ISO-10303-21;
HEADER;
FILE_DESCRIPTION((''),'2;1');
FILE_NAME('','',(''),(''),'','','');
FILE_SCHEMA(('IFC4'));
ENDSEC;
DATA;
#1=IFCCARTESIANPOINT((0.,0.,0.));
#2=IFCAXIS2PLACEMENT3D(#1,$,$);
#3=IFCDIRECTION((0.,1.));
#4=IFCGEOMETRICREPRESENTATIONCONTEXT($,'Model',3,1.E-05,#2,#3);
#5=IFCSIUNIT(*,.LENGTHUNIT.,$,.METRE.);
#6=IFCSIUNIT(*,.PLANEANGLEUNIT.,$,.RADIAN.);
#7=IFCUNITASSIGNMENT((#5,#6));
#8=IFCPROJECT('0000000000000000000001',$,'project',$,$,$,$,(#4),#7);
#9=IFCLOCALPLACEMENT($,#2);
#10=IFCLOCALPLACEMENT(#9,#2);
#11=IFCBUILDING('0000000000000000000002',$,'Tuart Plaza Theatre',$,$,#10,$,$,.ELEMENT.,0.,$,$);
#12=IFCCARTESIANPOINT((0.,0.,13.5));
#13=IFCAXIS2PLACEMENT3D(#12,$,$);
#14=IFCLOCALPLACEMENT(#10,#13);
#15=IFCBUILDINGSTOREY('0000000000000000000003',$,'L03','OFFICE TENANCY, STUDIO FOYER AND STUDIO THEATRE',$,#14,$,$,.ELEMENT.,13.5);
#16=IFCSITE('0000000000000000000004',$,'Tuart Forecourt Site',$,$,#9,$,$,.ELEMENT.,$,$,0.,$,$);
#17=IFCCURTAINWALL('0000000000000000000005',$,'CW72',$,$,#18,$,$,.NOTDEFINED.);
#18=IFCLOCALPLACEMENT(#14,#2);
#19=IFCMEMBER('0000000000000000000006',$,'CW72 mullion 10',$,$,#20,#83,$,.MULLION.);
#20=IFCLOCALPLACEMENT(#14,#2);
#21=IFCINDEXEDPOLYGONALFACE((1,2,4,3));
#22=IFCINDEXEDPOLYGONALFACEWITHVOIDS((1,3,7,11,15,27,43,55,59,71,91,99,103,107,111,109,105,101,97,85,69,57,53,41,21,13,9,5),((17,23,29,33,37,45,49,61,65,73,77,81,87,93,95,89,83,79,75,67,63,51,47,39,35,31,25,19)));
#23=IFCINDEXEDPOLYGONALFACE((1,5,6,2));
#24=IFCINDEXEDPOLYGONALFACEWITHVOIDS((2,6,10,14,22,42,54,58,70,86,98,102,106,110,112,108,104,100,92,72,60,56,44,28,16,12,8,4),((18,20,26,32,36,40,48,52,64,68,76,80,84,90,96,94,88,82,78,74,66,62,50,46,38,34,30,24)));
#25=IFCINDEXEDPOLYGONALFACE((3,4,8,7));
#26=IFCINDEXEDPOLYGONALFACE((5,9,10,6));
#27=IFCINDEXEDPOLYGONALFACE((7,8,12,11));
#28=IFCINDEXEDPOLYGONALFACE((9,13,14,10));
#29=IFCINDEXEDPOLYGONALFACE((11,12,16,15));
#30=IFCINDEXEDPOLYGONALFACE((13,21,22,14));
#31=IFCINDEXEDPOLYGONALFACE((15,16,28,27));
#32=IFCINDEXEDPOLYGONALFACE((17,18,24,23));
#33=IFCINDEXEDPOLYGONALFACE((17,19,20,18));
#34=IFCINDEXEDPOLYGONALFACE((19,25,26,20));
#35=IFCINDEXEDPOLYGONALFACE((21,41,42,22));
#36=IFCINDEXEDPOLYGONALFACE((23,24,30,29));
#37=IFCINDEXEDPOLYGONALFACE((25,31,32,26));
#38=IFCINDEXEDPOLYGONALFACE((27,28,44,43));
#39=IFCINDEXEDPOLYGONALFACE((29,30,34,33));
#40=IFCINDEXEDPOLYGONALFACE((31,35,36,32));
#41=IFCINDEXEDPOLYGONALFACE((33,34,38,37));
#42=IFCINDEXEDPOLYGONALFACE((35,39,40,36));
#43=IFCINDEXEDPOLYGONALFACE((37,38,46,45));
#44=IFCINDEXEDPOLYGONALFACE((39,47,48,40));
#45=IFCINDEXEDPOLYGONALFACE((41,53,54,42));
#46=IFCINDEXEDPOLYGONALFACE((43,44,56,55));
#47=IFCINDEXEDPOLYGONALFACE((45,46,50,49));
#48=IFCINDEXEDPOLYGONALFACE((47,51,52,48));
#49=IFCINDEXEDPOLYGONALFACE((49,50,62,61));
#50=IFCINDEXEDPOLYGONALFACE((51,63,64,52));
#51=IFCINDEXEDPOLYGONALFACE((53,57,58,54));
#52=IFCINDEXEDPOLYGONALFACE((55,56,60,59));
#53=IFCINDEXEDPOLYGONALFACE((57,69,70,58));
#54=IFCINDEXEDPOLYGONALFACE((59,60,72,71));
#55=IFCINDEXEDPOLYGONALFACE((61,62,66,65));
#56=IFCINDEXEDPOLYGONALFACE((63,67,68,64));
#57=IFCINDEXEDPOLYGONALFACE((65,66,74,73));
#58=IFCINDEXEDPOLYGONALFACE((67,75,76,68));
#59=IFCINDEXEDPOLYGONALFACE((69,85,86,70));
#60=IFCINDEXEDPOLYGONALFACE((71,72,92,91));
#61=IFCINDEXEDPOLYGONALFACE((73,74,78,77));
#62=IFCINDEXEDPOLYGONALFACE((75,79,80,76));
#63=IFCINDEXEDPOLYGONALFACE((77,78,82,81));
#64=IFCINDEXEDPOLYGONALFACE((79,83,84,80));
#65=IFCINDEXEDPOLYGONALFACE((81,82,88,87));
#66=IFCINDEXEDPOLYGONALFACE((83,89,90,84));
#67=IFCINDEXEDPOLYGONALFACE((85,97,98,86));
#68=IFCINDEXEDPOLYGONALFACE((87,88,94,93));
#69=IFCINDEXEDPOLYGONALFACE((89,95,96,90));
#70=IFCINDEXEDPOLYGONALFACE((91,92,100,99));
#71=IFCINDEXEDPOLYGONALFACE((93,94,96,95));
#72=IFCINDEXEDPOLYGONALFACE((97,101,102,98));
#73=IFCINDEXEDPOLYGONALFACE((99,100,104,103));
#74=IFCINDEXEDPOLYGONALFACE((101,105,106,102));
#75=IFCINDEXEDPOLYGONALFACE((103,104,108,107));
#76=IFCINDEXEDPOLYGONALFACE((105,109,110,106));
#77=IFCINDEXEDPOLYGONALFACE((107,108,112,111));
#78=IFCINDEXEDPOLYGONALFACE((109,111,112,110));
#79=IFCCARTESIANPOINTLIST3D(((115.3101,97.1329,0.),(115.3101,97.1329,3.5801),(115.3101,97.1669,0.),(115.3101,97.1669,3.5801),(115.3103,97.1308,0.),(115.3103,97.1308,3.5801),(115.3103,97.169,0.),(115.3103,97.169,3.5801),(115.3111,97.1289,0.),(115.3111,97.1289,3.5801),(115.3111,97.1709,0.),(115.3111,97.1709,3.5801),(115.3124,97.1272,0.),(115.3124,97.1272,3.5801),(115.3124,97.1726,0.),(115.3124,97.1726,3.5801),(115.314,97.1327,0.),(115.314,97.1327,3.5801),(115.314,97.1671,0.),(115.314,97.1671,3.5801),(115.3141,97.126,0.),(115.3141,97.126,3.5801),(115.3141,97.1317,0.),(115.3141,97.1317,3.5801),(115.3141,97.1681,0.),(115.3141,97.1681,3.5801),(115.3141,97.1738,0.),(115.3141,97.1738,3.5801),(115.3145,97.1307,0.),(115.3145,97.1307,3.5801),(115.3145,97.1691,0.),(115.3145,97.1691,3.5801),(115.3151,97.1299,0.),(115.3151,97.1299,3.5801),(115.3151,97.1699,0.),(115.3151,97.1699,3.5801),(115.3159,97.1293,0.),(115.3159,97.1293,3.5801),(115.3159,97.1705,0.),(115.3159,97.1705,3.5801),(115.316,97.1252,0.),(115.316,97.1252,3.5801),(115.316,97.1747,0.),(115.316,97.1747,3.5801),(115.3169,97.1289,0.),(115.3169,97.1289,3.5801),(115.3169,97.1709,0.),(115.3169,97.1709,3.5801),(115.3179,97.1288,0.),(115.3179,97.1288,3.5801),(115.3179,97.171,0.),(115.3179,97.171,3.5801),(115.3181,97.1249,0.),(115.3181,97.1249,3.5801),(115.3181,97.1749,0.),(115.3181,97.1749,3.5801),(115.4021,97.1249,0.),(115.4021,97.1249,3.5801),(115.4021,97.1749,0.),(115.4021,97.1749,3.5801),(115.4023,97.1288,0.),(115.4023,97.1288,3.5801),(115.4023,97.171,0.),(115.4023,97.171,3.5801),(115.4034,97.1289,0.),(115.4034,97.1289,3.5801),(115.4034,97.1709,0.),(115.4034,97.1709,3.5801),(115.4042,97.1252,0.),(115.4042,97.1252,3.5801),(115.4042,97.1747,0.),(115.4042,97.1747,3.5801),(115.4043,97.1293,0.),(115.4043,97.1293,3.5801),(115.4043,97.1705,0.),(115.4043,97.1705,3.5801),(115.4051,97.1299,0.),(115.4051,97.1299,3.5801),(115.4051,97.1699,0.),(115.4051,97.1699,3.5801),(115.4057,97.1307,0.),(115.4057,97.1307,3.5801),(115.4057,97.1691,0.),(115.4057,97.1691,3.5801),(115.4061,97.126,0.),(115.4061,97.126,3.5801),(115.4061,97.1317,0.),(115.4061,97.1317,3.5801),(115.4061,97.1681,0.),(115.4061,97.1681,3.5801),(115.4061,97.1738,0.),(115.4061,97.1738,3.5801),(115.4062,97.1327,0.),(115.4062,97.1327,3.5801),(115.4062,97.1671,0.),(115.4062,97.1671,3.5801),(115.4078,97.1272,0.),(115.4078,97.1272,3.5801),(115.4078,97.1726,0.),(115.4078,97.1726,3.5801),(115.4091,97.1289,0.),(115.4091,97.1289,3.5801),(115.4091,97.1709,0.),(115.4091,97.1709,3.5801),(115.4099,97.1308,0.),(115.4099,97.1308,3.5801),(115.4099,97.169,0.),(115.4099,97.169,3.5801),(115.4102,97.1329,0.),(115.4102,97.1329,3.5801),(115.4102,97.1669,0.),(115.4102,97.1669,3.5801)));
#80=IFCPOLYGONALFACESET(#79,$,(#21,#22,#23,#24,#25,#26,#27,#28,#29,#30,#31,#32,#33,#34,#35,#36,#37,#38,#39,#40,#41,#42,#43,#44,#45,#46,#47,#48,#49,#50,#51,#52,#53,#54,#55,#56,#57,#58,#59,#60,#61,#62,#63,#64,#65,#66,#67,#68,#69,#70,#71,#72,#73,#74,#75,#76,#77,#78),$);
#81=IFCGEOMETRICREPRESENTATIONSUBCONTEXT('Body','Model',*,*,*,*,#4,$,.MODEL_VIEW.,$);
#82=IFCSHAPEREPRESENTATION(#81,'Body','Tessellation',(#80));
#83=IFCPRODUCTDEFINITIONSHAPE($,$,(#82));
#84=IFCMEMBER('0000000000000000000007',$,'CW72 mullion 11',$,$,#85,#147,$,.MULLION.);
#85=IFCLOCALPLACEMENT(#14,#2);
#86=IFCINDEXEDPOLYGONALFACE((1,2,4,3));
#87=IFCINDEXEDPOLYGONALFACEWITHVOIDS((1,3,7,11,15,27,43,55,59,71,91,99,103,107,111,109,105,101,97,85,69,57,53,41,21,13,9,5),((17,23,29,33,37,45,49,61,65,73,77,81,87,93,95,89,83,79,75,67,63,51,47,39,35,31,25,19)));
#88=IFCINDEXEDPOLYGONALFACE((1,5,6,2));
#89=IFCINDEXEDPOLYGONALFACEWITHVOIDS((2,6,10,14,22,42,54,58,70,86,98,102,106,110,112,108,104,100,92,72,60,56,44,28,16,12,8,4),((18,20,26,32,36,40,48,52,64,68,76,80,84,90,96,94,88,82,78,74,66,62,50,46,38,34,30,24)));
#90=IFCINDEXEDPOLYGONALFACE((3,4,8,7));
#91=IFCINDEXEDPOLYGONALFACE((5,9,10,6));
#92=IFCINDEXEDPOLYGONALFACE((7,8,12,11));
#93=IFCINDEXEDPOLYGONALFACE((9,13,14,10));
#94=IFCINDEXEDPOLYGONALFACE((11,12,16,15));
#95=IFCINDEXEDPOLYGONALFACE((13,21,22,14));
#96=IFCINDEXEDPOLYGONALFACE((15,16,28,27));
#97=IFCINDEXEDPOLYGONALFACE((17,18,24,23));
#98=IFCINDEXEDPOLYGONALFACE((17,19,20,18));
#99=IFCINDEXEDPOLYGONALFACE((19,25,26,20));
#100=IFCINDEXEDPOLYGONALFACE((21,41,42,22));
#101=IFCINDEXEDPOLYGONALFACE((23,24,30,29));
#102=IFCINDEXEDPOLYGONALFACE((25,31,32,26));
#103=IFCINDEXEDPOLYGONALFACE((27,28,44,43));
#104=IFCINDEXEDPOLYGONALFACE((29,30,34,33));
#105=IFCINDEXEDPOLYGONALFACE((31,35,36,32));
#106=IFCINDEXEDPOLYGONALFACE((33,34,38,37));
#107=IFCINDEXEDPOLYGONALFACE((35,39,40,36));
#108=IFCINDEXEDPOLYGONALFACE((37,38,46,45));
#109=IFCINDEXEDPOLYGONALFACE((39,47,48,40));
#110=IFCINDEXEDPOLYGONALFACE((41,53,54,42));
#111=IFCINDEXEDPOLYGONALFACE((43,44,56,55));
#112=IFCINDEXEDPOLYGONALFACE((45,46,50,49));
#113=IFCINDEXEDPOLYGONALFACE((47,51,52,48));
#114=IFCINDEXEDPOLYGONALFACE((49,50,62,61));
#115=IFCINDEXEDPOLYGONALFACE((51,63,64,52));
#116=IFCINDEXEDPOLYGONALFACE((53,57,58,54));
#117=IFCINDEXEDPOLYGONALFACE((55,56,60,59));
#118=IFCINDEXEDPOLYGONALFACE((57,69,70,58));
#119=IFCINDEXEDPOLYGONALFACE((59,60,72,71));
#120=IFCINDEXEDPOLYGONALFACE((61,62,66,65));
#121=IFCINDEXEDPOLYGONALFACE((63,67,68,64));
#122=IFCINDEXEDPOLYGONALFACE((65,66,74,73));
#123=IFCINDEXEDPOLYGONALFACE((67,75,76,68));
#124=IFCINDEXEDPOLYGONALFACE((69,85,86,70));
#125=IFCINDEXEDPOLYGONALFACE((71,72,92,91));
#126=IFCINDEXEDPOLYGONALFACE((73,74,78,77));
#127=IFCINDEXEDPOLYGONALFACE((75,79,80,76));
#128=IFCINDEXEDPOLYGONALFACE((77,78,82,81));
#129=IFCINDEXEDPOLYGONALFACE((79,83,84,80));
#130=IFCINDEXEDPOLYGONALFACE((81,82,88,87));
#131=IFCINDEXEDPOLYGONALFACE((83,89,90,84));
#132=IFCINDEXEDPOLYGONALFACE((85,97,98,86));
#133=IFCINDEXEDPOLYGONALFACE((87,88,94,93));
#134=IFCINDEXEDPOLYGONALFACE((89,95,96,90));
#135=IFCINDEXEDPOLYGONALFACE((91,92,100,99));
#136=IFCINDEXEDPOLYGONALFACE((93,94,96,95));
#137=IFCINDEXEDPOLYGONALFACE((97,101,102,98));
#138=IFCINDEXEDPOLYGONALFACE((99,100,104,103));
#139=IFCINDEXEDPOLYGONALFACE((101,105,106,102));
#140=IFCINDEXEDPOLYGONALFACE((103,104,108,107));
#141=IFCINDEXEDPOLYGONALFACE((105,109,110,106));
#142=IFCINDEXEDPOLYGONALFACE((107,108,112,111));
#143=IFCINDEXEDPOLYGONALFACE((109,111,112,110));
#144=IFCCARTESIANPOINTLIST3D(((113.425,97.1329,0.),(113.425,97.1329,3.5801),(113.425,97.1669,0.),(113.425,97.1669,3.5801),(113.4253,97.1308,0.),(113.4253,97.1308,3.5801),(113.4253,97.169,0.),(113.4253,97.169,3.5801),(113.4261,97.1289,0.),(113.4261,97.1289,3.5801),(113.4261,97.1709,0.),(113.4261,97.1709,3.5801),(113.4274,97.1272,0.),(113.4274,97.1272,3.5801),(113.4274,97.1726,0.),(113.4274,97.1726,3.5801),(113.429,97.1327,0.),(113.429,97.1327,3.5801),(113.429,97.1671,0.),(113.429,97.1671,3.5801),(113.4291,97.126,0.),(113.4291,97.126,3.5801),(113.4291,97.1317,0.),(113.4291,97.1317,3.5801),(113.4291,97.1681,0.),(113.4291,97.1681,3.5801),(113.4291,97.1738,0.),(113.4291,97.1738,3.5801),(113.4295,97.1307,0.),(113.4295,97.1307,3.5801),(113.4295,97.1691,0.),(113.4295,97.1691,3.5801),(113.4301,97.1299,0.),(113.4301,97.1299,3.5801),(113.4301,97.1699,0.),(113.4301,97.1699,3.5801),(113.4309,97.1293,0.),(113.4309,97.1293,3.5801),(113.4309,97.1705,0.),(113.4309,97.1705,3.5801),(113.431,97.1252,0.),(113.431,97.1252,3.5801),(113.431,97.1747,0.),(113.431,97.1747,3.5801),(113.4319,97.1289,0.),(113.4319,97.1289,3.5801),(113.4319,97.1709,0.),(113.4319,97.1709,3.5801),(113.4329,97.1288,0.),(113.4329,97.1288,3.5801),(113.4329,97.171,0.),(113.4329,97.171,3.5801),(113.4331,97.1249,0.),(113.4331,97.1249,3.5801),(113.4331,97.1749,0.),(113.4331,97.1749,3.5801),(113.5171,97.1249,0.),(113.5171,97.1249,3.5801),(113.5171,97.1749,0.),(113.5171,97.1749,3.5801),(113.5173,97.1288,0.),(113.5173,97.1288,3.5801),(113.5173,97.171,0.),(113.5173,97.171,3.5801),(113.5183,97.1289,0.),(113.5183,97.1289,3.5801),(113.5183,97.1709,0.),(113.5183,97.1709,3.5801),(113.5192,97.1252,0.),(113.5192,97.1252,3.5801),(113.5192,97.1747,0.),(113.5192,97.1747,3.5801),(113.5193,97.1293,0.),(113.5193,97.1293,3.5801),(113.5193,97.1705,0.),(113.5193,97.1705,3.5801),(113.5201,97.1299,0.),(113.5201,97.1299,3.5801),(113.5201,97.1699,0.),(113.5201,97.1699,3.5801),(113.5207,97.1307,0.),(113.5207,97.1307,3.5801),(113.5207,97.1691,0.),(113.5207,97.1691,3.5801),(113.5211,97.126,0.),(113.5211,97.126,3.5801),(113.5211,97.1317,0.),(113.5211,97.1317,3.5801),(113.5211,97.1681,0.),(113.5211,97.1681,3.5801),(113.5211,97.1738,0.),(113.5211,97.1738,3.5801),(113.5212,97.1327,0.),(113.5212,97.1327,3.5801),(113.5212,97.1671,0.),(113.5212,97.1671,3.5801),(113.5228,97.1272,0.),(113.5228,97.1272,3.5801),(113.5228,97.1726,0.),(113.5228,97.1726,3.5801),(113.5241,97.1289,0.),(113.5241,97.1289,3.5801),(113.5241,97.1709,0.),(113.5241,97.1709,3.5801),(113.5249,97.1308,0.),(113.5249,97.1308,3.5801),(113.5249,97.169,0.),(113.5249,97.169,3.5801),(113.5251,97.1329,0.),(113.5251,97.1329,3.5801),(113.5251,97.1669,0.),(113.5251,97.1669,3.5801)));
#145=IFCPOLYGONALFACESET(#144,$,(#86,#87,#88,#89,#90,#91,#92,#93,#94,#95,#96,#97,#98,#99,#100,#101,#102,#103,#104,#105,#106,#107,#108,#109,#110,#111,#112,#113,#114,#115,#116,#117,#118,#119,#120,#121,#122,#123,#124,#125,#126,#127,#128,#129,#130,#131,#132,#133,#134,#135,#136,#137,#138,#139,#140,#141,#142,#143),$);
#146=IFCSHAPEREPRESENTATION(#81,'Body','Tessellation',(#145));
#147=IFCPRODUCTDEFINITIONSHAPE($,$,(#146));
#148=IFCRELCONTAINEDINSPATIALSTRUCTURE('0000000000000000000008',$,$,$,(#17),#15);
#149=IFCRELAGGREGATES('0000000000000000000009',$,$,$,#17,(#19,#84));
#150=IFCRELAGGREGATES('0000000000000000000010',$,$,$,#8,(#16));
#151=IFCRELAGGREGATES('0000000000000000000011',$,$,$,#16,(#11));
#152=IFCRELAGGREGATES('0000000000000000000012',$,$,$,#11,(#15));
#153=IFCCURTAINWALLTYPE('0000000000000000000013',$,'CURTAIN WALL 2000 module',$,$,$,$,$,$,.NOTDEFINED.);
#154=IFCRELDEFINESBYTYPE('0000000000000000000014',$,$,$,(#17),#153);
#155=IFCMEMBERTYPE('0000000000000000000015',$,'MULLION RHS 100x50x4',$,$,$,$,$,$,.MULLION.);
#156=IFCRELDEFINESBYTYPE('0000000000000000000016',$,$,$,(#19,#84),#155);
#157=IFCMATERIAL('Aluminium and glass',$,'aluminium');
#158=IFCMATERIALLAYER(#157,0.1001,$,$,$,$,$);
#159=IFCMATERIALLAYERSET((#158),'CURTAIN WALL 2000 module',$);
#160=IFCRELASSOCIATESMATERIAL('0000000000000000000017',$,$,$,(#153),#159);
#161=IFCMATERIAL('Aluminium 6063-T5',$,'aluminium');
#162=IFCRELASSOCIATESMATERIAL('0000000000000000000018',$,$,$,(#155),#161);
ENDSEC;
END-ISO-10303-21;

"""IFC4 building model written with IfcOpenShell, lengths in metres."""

from ifc_helpers import new_model, si_unit, direction, frame, origin, origin_2d, place, context, subcontext, project, spatial, hollow_rectangle, extrude, material, layer, layer_set, material_profile, profile_set, type_object, element, aggregate, save


model = new_model("IFC4")

# Units and contexts
model_context = context("Model", 3, precision=1e-05, world=origin(), true_north=direction((0.0, 1.0)))
body_context = subcontext(model_context, "Body", "Model", "MODEL_VIEW")
ifc_project = project(units=[si_unit("LENGTHUNIT", "METRE"), si_unit("PLANEANGLEUNIT", "RADIAN")], contexts=[model_context])

# Site, building, storey
site_placement = place(None, origin())
site = spatial("IfcSite", under=ifc_project, at=site_placement, Name="Tuart Forecourt Site", CompositionType="ELEMENT", RefElevation=0.0)
building_placement = place(site_placement, origin())
building = spatial("IfcBuilding", under=site, at=building_placement, Name="Tuart Plaza Theatre", CompositionType="ELEMENT", ElevationOfRefHeight=0.0)
storey_placement = place(building_placement, frame((0.0, 0.0, 13.5)))
storey = spatial("IfcBuildingStorey", under=building, at=storey_placement, Name="L03", Description="OFFICE TENANCY, STUDIO FOYER AND STUDIO THEATRE", CompositionType="ELEMENT", Elevation=13.5)

# Curtain wall, members
ifc_material_1 = material(Name="Aluminium and glass", Category="aluminium")
ifc_layer_1 = layer(ifc_material_1, 0.1001)
ifc_layer_set_1 = layer_set([ifc_layer_1], Name="CURTAIN WALL 2000 module")
curtain_wall_type = type_object("IfcCurtainWallType", Name="CURTAIN WALL 2000 module", PredefinedType="NOTDEFINED", material=ifc_layer_set_1)
curtain_wall_1_placement = place(storey_placement, origin())
curtain_wall_1 = element("IfcCurtainWall", 1, at=curtain_wall_1_placement, inside=storey, type_object=curtain_wall_type, Name="CW72", PredefinedType="NOTDEFINED")
ifc_material_2 = material(Name="Aluminium 6063-T5", Category="aluminium")
ifc_material_profile_1 = material_profile(ifc_material_2, hollow_rectangle(XDim=0.05, YDim=0.1001, WallThickness=0.0039, InnerFilletRadius=0.0039, OuterFilletRadius=0.0081, at=origin_2d()), Name="RHS 100x50x4")
ifc_profile_set_1 = profile_set([ifc_material_profile_1], Name="Aluminium 6063-T5")
member_type_1 = type_object("IfcMemberType", Name="MULLION RHS 100x50x4", PredefinedType="MULLION", material=ifc_profile_set_1)
member_1_placement = place(storey_placement, frame((115.3601, 97.1499, 0.0), z_axis=(0.0, 0.0, 1.0), x_axis=(0.0, -1.0, 0.0)))
member_1 = element("IfcMember", 2, at=member_1_placement, type_object=member_type_1, Name="CW72 mullion 10", PredefinedType="MULLION", context=body_context, shape_type="SweptSolid", body=[
    extrude(hollow_rectangle(XDim=0.05, YDim=0.1001, WallThickness=0.0039, InnerFilletRadius=0.0039, OuterFilletRadius=0.0081, at=origin_2d()), origin(), (0.0, 0.0, 1.0), 3.5801),
])
member_2_placement = place(storey_placement, frame((113.4751, 97.1499, 0.0), z_axis=(0.0, 0.0, 1.0), x_axis=(0.0, -1.0, 0.0)))
member_2 = element("IfcMember", 3, at=member_2_placement, type_object=member_type_1, Name="CW72 mullion 11", PredefinedType="MULLION", context=body_context, shape_type="SweptSolid", body=[
    extrude(hollow_rectangle(XDim=0.05, YDim=0.1001, WallThickness=0.0039, InnerFilletRadius=0.0039, OuterFilletRadius=0.0081, at=origin_2d()), origin(), (0.0, 0.0, 1.0), 3.5801),
])

aggregate(curtain_wall_1, [member_1, member_2])

save(model, "model.ifc")
